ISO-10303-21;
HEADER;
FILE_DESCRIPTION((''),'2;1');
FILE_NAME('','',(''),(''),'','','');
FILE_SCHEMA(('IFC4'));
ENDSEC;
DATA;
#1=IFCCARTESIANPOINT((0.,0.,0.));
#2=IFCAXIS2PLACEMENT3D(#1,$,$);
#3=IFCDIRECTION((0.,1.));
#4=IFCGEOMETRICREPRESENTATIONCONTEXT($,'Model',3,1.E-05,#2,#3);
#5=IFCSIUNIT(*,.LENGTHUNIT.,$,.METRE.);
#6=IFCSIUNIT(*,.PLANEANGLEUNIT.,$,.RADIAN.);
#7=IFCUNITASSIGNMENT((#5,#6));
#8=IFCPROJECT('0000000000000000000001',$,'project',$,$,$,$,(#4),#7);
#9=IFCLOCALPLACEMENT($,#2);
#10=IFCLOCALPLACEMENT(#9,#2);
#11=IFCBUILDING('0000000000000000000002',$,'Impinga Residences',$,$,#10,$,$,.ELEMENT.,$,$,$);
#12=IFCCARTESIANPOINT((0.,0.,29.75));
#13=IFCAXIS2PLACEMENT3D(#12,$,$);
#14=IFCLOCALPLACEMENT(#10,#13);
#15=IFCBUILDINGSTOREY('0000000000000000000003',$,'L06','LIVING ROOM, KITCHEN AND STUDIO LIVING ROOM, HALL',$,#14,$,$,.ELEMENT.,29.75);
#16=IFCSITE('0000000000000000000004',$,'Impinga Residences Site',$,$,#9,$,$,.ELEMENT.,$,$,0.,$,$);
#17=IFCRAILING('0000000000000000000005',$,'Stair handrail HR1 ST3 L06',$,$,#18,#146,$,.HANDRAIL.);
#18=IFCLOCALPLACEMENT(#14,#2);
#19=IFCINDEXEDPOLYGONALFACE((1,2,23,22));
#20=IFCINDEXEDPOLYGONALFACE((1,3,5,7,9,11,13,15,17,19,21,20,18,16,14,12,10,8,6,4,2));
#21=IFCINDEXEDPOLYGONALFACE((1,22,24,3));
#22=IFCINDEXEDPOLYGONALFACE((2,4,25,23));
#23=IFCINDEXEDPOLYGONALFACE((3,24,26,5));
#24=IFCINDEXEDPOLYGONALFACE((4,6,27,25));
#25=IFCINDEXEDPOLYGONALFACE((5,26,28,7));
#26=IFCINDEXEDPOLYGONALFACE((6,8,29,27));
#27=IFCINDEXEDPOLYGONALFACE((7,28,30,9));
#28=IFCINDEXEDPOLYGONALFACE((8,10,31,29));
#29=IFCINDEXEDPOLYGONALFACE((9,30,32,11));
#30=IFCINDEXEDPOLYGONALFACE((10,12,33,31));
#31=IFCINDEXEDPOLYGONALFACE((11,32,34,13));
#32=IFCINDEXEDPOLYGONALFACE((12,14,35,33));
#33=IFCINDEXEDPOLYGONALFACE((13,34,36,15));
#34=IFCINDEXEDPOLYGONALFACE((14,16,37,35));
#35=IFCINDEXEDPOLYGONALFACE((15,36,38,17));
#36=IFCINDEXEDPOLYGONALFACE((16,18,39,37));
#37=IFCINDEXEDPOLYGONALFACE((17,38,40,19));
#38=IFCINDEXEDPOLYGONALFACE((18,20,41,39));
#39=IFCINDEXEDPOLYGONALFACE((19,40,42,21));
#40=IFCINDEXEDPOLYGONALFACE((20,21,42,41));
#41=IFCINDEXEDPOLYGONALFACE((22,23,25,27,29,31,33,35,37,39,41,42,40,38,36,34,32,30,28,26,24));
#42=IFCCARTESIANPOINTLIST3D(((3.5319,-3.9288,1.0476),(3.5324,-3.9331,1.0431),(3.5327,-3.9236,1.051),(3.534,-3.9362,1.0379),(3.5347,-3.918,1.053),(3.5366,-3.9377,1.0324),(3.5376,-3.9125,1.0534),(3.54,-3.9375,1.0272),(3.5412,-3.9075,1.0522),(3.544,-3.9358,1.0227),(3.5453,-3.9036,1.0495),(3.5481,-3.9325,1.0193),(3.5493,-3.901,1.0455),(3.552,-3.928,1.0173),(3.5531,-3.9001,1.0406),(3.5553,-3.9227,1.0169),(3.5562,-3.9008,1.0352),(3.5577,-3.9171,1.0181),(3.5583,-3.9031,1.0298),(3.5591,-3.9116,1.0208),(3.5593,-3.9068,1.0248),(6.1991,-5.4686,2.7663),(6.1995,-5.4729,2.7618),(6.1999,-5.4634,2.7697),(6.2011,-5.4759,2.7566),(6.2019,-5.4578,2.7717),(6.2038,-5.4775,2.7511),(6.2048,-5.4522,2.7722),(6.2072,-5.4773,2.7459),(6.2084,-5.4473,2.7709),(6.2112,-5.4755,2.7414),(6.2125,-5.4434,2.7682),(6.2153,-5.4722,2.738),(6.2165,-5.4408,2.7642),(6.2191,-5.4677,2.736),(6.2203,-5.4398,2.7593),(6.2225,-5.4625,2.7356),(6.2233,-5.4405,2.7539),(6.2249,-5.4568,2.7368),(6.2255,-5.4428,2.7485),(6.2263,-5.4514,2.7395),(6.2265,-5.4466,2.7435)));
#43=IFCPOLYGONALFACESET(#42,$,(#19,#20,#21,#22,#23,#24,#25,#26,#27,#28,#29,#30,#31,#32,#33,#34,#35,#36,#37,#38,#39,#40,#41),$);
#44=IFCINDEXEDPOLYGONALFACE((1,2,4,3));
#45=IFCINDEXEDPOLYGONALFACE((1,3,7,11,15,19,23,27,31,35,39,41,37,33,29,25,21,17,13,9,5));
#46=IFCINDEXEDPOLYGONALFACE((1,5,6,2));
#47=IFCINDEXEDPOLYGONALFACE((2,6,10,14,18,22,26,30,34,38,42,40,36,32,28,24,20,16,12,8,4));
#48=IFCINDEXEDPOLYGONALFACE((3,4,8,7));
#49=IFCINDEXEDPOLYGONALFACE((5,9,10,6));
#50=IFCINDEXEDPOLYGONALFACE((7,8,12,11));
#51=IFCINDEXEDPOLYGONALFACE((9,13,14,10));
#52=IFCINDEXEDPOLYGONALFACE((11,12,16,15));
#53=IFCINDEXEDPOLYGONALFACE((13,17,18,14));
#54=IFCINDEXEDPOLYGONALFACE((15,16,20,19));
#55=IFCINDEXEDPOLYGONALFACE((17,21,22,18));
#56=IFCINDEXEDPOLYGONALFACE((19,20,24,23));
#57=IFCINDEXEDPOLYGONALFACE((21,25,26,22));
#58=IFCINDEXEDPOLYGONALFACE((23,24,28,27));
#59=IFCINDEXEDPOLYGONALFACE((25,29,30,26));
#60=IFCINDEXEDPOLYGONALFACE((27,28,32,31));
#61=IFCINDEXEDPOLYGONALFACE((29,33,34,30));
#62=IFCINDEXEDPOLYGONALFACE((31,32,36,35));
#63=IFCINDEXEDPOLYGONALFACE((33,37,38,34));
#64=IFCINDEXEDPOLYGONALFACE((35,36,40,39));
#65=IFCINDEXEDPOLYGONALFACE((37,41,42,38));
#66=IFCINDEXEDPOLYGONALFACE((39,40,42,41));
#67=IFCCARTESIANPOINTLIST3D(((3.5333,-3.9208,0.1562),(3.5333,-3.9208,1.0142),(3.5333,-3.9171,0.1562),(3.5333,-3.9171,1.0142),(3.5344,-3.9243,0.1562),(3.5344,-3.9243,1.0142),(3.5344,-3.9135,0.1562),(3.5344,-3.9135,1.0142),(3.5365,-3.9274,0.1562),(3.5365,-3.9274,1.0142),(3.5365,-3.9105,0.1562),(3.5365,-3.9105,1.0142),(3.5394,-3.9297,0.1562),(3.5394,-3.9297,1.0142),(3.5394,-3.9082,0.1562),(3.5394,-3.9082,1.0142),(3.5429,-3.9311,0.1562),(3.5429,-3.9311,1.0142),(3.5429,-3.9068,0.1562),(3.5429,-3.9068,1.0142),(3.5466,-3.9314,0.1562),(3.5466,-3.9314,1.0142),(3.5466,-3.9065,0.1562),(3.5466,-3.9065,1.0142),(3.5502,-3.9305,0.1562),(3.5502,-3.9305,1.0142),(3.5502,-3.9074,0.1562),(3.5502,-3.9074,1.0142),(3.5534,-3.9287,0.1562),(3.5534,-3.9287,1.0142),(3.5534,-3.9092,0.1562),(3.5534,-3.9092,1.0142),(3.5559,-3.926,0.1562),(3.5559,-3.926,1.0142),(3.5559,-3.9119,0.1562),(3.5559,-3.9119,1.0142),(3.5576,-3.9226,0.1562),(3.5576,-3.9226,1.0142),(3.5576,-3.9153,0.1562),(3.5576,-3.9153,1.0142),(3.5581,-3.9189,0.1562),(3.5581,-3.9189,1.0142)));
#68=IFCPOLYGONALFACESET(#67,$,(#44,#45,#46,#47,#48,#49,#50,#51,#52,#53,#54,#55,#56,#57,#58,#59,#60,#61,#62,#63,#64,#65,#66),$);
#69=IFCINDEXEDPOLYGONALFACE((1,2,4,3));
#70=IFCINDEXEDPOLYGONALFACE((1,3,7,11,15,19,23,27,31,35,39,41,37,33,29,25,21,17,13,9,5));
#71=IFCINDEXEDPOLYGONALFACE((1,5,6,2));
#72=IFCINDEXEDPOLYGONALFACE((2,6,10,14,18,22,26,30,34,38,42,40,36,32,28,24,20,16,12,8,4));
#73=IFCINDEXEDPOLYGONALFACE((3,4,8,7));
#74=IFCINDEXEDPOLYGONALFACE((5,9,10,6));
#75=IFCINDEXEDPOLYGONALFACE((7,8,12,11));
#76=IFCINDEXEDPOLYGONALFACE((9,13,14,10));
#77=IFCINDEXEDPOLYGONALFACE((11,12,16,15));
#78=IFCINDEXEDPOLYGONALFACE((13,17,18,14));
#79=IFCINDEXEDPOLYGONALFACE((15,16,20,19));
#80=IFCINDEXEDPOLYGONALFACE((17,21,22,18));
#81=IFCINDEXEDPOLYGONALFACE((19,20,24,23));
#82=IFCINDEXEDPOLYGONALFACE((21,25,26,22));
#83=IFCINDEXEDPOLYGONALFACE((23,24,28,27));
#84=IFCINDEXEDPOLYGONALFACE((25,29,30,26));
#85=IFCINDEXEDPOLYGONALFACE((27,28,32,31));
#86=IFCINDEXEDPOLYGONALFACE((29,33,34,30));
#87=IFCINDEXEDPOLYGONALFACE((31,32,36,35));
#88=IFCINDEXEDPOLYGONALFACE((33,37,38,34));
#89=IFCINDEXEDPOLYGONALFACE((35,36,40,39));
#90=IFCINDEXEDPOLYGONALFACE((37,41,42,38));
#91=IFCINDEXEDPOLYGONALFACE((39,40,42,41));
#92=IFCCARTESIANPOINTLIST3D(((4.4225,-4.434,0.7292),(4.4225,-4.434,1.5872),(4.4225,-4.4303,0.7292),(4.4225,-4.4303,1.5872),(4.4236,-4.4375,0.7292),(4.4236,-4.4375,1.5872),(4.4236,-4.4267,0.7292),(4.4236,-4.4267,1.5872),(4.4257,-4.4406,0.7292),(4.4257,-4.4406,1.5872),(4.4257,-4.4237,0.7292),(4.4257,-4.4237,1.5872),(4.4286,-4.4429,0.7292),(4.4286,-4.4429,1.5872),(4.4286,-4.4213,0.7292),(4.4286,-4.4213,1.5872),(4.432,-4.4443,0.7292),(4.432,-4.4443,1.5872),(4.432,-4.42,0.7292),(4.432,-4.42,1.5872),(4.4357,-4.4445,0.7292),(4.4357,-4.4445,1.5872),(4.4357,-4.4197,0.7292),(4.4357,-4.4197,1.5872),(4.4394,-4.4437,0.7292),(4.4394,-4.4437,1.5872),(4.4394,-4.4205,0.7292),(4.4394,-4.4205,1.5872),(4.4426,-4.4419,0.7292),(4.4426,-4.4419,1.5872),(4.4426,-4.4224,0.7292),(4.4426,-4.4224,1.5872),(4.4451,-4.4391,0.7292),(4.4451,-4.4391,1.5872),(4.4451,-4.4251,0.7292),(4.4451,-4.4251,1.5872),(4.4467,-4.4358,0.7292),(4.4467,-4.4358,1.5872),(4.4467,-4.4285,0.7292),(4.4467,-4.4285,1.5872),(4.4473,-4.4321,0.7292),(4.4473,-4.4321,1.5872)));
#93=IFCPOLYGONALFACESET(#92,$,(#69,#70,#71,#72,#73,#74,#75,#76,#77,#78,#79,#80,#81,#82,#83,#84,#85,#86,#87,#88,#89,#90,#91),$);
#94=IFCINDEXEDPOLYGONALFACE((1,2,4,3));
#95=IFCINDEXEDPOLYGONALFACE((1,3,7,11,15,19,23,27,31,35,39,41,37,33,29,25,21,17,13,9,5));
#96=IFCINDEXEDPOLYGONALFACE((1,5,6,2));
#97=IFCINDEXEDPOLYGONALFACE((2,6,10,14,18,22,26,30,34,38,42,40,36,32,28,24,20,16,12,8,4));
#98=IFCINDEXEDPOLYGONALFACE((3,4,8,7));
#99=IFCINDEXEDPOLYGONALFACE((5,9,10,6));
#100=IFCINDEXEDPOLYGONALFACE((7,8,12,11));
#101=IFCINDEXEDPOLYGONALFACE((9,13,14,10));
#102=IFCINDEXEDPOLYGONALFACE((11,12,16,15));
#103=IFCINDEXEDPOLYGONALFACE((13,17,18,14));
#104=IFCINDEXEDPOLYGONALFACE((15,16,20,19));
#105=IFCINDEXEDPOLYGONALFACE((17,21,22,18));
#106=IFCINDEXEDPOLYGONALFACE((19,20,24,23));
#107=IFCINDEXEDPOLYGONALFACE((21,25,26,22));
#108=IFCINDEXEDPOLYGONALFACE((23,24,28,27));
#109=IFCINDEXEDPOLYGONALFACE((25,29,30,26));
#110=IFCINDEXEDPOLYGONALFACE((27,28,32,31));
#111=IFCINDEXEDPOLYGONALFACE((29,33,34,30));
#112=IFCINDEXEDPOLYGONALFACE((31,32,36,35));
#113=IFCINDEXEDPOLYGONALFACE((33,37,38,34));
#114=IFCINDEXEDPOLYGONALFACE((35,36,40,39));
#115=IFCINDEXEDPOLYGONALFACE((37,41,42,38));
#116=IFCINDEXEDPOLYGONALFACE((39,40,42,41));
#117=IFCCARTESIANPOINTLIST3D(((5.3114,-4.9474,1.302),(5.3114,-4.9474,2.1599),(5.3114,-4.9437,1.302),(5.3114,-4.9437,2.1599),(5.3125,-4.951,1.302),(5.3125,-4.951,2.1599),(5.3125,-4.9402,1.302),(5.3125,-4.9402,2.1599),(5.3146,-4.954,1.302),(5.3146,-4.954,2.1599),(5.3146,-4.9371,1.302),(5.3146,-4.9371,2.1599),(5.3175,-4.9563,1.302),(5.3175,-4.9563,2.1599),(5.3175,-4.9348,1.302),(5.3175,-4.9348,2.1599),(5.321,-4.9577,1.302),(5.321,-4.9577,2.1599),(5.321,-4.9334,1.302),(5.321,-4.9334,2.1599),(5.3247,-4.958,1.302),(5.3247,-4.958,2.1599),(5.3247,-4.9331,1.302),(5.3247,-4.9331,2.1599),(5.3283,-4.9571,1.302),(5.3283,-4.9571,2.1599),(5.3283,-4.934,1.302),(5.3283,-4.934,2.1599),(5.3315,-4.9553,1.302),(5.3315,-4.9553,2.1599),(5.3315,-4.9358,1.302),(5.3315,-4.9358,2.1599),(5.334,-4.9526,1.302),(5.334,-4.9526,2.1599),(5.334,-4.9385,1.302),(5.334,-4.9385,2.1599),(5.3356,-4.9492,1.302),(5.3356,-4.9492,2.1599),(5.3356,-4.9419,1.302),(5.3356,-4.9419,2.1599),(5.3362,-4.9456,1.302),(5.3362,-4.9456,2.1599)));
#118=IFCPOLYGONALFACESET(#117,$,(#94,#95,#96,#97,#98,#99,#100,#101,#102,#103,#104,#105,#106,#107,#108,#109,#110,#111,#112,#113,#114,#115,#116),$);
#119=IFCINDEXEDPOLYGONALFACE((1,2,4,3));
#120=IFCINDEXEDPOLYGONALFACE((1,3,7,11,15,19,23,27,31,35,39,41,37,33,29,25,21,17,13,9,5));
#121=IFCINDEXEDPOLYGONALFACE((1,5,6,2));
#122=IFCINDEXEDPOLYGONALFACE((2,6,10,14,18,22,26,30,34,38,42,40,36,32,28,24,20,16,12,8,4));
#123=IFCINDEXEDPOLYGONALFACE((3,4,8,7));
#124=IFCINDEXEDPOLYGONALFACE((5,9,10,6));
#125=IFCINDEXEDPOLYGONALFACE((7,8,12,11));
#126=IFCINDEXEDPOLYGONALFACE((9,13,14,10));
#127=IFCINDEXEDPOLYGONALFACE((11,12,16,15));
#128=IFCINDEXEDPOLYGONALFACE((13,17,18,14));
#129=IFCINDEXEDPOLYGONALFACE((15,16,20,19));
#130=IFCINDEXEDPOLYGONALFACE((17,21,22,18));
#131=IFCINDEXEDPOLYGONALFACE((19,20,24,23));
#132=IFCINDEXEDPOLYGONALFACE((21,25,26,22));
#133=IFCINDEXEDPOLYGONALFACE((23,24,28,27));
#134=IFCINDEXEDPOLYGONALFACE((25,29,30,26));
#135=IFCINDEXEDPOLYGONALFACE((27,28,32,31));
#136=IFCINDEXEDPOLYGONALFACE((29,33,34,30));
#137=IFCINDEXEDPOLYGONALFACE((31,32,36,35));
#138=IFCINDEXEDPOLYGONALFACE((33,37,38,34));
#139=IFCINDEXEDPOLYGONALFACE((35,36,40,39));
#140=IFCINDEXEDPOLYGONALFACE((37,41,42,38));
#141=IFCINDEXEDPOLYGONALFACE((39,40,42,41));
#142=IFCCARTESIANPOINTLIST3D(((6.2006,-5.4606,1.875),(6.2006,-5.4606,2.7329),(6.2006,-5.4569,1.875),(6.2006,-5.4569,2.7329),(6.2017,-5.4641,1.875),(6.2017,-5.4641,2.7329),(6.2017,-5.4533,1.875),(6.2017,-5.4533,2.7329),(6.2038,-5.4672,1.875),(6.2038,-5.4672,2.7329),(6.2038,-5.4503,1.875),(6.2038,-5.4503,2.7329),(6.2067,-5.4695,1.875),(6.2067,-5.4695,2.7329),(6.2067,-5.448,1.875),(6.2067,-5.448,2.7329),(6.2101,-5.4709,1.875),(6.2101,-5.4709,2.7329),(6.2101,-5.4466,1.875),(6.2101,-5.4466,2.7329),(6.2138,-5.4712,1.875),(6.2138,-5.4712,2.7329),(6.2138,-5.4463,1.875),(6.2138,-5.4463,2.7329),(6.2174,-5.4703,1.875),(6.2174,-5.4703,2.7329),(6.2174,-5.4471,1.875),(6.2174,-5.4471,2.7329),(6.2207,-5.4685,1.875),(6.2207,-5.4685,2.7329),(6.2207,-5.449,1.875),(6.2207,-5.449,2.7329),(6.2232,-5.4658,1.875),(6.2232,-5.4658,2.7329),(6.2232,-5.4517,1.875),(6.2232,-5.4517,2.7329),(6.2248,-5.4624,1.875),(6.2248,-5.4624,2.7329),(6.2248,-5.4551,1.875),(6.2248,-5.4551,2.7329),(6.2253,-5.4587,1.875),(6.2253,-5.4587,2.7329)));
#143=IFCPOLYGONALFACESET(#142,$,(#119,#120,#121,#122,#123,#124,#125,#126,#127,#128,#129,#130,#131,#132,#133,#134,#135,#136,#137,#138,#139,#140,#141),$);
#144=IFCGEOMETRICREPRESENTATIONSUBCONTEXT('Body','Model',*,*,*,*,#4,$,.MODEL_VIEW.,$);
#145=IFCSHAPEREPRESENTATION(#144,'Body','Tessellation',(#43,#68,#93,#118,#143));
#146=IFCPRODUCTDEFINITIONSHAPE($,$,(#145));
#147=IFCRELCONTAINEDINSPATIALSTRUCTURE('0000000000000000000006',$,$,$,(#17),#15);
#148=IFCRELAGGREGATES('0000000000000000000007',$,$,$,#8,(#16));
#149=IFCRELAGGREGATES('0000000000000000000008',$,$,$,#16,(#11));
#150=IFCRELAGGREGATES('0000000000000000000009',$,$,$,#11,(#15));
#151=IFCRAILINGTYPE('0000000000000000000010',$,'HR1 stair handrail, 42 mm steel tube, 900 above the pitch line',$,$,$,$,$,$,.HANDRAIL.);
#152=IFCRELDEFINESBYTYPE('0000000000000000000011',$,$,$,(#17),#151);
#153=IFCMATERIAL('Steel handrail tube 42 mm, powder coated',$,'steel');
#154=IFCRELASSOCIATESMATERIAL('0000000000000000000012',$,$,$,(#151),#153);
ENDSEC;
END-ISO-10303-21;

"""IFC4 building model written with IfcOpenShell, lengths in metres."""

from ifc_helpers import new_model, si_unit, direction, frame, origin, origin_2d, place, context, subcontext, project, spatial, circle, extrude, material, type_object, element, save


model = new_model("IFC4")

# Units and contexts
model_context = context("Model", 3, precision=1e-05, world=origin(), true_north=direction((0.0, 1.0)))
body_context = subcontext(model_context, "Body", "Model", "MODEL_VIEW")
ifc_project = project(units=[si_unit("LENGTHUNIT", "METRE"), si_unit("PLANEANGLEUNIT", "RADIAN")], contexts=[model_context])

# Site, building, storey
site_placement = place(None, origin())
site = spatial("IfcSite", under=ifc_project, at=site_placement, Name="Impinga Residences Site", CompositionType="ELEMENT", RefElevation=0.0)
building_placement = place(site_placement, origin())
building = spatial("IfcBuilding", under=site, at=building_placement, Name="Impinga Residences", CompositionType="ELEMENT")
storey_placement = place(building_placement, frame((0.0, 0.0, 29.75)))
storey = spatial("IfcBuildingStorey", under=building, at=storey_placement, Name="L06", Description="LIVING ROOM, KITCHEN AND STUDIO LIVING ROOM, HALL", CompositionType="ELEMENT", Elevation=29.75)

# Railing
ifc_material_1 = material(Name="Steel handrail tube 42 mm, powder coated", Category="steel")
railing_type = type_object("IfcRailingType", Name="HR1 stair handrail, 42 mm steel tube, 900 above the pitch line", PredefinedType="HANDRAIL", material=ifc_material_1)
railing_placement = place(storey_placement, frame((3.5457, -3.9189, 0.1562)))
element("IfcRailing", 1, at=railing_placement, inside=storey, type_object=railing_type, Name="Stair handrail HR1 ST3 L06", PredefinedType="HANDRAIL", context=body_context, shape_type="SweptSolid", body=[
    extrude(circle(Radius=0.021, at=origin_2d()), frame((0.0, 0.0, 0.8789), z_axis=(0.756249, -0.436582, 0.487322), x_axis=(0.499967, 0.866044, 0.0)), (0.0, 0.0, 1.0), 3.5269),
    extrude(circle(Radius=0.0125, at=origin_2d()), origin(), (0.0, 0.0, 1.0), 0.8579),
    extrude(circle(Radius=0.0125, at=origin_2d()), frame((0.8892, -0.5132, 0.573)), (0.0, 0.0, 1.0), 0.8579),
    extrude(circle(Radius=0.0125, at=origin_2d()), frame((1.7781, -1.0266, 1.1458)), (0.0, 0.0, 1.0), 0.8579),
    extrude(circle(Radius=0.0125, at=origin_2d()), frame((2.6672, -1.5398, 1.7188)), (0.0, 0.0, 1.0), 0.8579),
])

save(model, "model.ifc")
